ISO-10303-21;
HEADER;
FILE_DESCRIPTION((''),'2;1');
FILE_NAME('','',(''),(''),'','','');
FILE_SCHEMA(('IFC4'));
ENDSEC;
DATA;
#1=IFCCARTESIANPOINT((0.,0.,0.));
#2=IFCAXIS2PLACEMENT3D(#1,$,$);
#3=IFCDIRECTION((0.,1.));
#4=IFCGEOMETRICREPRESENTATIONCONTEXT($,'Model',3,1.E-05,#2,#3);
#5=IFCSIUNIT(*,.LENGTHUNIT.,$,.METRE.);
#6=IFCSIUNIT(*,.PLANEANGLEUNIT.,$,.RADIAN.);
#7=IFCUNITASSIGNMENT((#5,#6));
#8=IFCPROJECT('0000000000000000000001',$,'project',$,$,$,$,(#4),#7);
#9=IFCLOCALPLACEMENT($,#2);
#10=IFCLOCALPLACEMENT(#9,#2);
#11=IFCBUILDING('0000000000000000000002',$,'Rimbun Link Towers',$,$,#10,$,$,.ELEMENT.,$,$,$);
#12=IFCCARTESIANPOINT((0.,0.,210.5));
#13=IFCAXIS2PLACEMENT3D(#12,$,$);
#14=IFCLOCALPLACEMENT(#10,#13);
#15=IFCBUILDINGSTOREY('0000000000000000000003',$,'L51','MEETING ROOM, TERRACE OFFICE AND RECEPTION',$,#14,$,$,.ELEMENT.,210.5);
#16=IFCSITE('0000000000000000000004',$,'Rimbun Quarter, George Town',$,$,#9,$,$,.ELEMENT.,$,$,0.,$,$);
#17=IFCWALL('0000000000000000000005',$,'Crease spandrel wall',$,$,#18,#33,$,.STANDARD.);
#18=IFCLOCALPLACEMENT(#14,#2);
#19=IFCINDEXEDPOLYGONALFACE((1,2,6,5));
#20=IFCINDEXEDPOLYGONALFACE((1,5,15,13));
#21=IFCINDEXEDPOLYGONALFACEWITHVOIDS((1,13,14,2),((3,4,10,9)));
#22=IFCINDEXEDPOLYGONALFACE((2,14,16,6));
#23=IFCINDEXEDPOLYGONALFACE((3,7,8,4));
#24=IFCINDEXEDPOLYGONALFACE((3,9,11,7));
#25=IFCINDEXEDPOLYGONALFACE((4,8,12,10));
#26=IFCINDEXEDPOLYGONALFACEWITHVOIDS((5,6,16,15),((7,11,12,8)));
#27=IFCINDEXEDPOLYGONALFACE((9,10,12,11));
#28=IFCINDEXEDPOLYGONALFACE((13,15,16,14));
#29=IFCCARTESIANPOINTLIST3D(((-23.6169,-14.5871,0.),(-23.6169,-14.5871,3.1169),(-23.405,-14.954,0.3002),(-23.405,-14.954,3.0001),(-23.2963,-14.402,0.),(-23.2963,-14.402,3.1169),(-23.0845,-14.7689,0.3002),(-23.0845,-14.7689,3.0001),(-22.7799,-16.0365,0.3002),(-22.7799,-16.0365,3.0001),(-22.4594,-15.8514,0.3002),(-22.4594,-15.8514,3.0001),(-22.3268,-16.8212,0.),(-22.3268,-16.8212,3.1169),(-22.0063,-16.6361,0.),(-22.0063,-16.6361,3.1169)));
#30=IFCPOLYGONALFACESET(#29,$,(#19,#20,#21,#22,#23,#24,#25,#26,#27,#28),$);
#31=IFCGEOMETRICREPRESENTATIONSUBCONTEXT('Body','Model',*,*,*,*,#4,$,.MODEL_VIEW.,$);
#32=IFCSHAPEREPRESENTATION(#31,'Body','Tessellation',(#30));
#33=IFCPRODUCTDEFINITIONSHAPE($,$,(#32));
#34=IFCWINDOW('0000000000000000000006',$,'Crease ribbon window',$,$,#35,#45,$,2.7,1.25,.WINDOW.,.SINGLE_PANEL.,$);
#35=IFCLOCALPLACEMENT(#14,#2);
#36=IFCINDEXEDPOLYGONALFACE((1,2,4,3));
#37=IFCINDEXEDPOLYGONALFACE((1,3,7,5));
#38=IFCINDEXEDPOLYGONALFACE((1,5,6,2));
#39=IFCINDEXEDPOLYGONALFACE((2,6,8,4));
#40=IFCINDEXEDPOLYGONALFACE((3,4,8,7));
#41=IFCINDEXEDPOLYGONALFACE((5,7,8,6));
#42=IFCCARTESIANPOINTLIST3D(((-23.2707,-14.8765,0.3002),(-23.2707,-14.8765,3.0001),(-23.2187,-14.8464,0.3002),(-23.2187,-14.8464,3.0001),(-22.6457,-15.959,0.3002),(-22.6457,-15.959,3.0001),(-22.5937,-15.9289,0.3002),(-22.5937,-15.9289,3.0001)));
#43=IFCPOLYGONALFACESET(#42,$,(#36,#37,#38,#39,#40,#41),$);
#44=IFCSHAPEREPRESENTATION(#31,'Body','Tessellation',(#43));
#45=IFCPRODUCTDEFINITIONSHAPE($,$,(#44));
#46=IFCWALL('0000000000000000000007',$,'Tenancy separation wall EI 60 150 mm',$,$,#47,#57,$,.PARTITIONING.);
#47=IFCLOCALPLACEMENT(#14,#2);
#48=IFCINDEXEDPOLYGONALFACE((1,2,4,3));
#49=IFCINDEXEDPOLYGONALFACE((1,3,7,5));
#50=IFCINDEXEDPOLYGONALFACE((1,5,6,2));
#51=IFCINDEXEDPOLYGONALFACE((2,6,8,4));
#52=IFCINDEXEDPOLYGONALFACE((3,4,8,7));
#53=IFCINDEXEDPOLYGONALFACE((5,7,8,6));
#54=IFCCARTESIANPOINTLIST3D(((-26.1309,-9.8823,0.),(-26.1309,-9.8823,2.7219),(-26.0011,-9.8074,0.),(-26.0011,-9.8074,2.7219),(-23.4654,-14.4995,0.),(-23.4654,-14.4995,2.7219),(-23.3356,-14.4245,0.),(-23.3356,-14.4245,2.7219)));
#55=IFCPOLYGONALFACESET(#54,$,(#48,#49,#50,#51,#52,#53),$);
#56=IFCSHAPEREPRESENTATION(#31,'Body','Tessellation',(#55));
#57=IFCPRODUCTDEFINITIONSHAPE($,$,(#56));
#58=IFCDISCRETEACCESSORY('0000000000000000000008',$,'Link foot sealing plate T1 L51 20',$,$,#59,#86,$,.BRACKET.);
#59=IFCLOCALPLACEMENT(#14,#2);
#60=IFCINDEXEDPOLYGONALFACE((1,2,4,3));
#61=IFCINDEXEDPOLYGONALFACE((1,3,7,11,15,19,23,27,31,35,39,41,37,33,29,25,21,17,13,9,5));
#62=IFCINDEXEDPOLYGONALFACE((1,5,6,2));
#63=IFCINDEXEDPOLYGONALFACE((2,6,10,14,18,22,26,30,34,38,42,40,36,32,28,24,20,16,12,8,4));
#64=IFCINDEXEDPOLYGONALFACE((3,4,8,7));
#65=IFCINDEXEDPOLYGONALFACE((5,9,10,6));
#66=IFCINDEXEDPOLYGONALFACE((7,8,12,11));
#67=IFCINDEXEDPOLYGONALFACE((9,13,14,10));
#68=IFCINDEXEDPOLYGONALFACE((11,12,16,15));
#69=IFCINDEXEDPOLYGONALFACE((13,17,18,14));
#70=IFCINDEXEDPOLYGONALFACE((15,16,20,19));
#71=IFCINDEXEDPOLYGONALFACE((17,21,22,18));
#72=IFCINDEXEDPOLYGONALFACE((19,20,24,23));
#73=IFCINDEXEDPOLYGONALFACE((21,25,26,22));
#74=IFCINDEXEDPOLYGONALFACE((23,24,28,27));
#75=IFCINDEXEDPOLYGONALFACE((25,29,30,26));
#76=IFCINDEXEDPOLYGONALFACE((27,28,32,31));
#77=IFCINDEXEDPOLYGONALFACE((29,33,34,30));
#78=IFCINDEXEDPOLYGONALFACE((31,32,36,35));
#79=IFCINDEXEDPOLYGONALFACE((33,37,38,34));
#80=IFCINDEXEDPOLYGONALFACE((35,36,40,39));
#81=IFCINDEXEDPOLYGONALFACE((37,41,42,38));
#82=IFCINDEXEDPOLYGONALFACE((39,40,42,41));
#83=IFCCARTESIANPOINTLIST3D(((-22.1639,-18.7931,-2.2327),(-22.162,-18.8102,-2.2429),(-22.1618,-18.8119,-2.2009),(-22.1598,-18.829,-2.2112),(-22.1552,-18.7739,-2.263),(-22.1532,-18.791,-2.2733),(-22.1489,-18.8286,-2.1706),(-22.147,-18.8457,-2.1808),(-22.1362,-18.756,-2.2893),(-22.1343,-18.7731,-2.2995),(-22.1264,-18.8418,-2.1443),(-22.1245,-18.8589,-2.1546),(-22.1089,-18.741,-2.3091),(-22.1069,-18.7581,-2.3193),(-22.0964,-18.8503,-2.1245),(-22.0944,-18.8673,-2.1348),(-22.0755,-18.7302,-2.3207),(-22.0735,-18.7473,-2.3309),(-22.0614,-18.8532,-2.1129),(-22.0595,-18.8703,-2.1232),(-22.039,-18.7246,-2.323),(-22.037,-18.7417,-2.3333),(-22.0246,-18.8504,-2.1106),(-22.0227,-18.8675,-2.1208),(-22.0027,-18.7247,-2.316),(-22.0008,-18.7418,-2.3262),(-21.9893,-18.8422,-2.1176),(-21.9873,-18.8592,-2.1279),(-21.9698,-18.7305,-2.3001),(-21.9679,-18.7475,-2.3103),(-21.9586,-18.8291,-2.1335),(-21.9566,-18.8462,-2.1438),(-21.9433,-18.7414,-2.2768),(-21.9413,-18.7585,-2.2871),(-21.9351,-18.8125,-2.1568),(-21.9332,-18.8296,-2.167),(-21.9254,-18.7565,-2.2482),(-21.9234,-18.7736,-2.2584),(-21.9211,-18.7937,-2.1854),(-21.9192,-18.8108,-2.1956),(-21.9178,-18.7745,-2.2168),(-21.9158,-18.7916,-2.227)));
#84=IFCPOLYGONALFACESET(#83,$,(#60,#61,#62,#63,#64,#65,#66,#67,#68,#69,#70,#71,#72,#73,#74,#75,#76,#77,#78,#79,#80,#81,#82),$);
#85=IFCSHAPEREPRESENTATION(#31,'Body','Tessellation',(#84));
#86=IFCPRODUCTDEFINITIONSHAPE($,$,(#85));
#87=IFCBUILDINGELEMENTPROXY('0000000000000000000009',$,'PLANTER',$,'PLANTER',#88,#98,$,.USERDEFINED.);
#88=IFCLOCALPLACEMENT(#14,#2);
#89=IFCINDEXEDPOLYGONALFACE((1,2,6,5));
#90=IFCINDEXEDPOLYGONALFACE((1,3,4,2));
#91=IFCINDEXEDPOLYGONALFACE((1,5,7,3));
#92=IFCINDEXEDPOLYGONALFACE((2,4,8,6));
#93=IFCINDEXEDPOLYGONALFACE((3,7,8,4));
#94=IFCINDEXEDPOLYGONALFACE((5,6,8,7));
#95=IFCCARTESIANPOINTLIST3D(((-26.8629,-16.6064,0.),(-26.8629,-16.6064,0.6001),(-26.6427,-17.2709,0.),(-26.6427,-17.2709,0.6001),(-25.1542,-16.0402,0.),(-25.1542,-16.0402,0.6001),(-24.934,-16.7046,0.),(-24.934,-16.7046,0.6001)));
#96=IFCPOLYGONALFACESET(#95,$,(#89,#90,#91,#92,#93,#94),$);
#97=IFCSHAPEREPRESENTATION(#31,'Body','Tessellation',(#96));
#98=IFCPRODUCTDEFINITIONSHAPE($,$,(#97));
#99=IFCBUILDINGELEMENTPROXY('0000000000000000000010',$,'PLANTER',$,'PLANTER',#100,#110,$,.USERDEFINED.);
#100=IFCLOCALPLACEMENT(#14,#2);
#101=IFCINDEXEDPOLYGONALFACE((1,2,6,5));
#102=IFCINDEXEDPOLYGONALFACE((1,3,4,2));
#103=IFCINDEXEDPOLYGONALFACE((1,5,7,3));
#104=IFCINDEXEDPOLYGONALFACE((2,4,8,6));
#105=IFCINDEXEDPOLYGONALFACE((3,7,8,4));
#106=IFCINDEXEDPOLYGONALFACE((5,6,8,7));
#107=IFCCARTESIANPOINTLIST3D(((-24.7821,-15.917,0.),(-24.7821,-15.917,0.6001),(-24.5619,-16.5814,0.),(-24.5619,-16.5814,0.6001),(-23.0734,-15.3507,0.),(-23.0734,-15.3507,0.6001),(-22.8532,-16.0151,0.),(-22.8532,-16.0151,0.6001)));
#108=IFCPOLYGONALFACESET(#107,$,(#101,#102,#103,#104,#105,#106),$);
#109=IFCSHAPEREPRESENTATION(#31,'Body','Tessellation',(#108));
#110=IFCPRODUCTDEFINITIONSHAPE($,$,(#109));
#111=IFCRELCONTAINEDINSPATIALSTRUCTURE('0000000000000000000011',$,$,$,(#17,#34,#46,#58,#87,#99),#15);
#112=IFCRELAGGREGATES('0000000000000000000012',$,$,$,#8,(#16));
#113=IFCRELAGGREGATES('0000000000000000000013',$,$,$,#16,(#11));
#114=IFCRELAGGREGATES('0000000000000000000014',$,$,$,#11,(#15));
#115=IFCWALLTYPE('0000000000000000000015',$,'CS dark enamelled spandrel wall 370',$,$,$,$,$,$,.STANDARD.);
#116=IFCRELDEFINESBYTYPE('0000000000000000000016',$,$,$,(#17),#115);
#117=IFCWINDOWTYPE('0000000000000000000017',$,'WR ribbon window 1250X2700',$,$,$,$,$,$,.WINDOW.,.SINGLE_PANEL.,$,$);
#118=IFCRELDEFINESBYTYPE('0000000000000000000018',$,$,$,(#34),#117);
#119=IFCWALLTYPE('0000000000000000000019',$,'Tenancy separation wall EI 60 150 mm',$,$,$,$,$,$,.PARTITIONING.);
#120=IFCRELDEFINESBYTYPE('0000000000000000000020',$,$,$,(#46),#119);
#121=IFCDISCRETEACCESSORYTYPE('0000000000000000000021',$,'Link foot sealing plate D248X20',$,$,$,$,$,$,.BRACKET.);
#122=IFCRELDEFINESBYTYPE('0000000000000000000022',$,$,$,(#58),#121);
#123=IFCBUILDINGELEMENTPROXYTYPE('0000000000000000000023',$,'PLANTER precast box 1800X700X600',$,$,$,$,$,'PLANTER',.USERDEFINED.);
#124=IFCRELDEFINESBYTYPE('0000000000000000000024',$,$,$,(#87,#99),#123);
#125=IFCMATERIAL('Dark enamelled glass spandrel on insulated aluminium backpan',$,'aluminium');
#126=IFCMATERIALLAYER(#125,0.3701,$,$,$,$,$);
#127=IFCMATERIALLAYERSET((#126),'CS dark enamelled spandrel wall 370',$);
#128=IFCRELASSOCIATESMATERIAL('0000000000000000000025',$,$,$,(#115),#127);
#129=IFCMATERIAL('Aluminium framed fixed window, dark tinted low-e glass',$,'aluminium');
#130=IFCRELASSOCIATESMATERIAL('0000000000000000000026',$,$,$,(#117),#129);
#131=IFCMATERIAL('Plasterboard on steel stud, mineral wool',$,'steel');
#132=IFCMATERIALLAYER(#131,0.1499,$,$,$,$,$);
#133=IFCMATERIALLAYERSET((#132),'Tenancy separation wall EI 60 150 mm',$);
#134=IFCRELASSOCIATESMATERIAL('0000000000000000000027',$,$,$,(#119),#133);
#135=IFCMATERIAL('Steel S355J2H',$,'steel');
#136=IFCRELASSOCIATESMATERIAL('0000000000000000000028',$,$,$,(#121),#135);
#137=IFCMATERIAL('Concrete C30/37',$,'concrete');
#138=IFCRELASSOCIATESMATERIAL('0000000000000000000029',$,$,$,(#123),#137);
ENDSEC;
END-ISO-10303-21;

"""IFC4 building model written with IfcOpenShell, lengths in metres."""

from ifc_helpers import new_model, si_unit, direction, frame, frame_2d, origin, origin_2d, place, context, subcontext, project, spatial, rectangle, circle, extrude, material, layer, layer_set, material_profile, profile_set, type_object, element, fill, save


model = new_model("IFC4")

# Units and contexts
model_context = context("Model", 3, precision=1e-05, world=origin(), true_north=direction((0.0, 1.0)))
body_context = subcontext(model_context, "Body", "Model", "MODEL_VIEW")
ifc_project = project(units=[si_unit("LENGTHUNIT", "METRE"), si_unit("PLANEANGLEUNIT", "RADIAN")], contexts=[model_context])

# Site, building, storey
site_placement = place(None, origin())
site = spatial("IfcSite", under=ifc_project, at=site_placement, Name="Rimbun Quarter, George Town", CompositionType="ELEMENT", RefElevation=0.0)
building_placement = place(site_placement, origin())
building = spatial("IfcBuilding", under=site, at=building_placement, Name="Rimbun Link Towers", CompositionType="ELEMENT")
storey_placement = place(building_placement, frame((0.0, 0.0, 210.5)))
storey = spatial("IfcBuildingStorey", under=building, at=storey_placement, Name="L51", Description="MEETING ROOM, TERRACE OFFICE AND RECEPTION", CompositionType="ELEMENT", Elevation=210.5)

# Wall, opening, window
ifc_material_1 = material(Name="Dark enamelled glass spandrel on insulated aluminium backpan", Category="aluminium")
ifc_layer_1 = layer(ifc_material_1, 0.3701)
ifc_layer_set_1 = layer_set([ifc_layer_1], Name="CS dark enamelled spandrel wall 370")
wall_type_1 = type_object("IfcWallType", Name="CS dark enamelled spandrel wall 370", PredefinedType="STANDARD", material=ifc_layer_set_1)
wall_1_placement = place(storey_placement, frame((-22.1665, -16.7288, 0.0), z_axis=(0.0, 0.0, 1.0), x_axis=(-0.500047, 0.865998, 0.0)))
wall_1 = element("IfcWall", 1, at=wall_1_placement, inside=storey, type_object=wall_type_1, Name="Crease spandrel wall", PredefinedType="STANDARD", context=body_context, shape_type="SweptSolid", body=[
    extrude(rectangle(XDim=2.5798, YDim=0.3701, at=frame_2d((1.29, 0.0))), origin(), (0.0, 0.0, 1.0), 3.1169),
])
opening_1_placement = place(wall_1_placement, frame((0.9062, 0.0, 0.3)))
opening_1 = element("IfcOpeningElement", 2, at=opening_1_placement, cuts=wall_1, PredefinedType="OPENING", context=body_context, shape_type="SweptSolid", body=[
    extrude(rectangle(XDim=1.25, YDim=2.7, at=frame_2d((0.625, 1.3501))), frame((0.0, 0.1951, 0.0), z_axis=(0.0, -1.0, 0.0), x_axis=(1.0, 0.0, 0.0)), (0.0, 0.0, 1.0), 0.3901),
])
ifc_material_2 = material(Name="Aluminium framed fixed window, dark tinted low-e glass", Category="aluminium")
window_type_1 = type_object("IfcWindowType", Name="WR ribbon window 1250X2700", PartitioningType="SINGLE_PANEL", PredefinedType="WINDOW", material=ifc_material_2)
window_1_placement = place(opening_1_placement, origin())
window_1 = element("IfcWindow", 3, at=window_1_placement, inside=storey, type_object=window_type_1, Name="Crease ribbon window", OverallHeight=2.7, OverallWidth=1.25, PartitioningType="SINGLE_PANEL", PredefinedType="WINDOW", context=body_context, shape_type="SweptSolid", body=[
    extrude(rectangle(XDim=1.25, YDim=2.7, at=frame_2d((0.625, 1.3501))), frame((0.0, 0.03, 0.0), z_axis=(0.0, -1.0, 0.0), x_axis=(1.0, 0.0, 0.0)), (0.0, 0.0, 1.0), 0.0601),
])
fill(opening_1, window_1)

# Wall
ifc_material_3 = material(Name="Plasterboard on steel stud, mineral wool", Category="steel")
ifc_layer_2 = layer(ifc_material_3, 0.1499)
ifc_layer_set_2 = layer_set([ifc_layer_2], Name="Tenancy separation wall EI 60 150 mm")
wall_type_2 = type_object("IfcWallType", Name="Tenancy separation wall EI 60 150 mm", PredefinedType="PARTITIONING", material=ifc_layer_set_2)
wall_2_placement = place(storey_placement, frame((-26.0659, -9.845, 0.0), z_axis=(0.0, 0.0, 1.0), x_axis=(0.499971, -0.866042, 0.0)))
element("IfcWall", 4, at=wall_2_placement, inside=storey, type_object=wall_type_2, Name="Tenancy separation wall EI 60 150 mm", PredefinedType="PARTITIONING", context=body_context, shape_type="SweptSolid", body=[
    extrude(rectangle(XDim=5.3313, YDim=0.1499, at=frame_2d((2.6655, 0.0))), origin(), (0.0, 0.0, 1.0), 2.7219),
])

# Discrete accessory
ifc_material_4 = material(Name="Steel S355J2H", Category="steel")
ifc_material_profile_1 = material_profile(ifc_material_4, circle(Radius=0.124, at=origin_2d()), Name="PL D248")
ifc_profile_set_1 = profile_set([ifc_material_profile_1], Name="Steel S355J2H")
discrete_accessory_type = type_object("IfcDiscreteAccessoryType", Name="Link foot sealing plate D248X20", PredefinedType="BRACKET", material=ifc_profile_set_1)
discrete_accessory_placement = place(storey_placement, frame((-22.041, -18.7886, -2.2168), z_axis=(0.097532, -0.853405, -0.512043), x_axis=(0.993533, 0.113547, 0.0)))
element("IfcDiscreteAccessory", 5, at=discrete_accessory_placement, inside=storey, type_object=discrete_accessory_type, Name="Link foot sealing plate T1 L51 20", PredefinedType="BRACKET", context=body_context, shape_type="SweptSolid", body=[
    extrude(circle(Radius=0.124, at=origin_2d()), origin(), (0.0, 0.0, 1.0), 0.02),
])

# Building element proxies
ifc_material_5 = material(Name="Concrete C30/37", Category="concrete")
building_element_proxy_type = type_object("IfcBuildingElementProxyType", Name="PLANTER precast box 1800X700X600", ElementType="PLANTER", PredefinedType="USERDEFINED", material=ifc_material_5)
for number, where, z_axis, x_axis, name in (
    (6, (-25.8984, -16.6555, 0.0), (0.0, 0.0, 1.0), (0.949231, 0.314578, 0.0), "PLANTER"),
    (7, (-23.8176, -15.9661, 0.0), (0.0, 0.0, 1.0), (0.949231, 0.314578, 0.0), "PLANTER"),
):
    element("IfcBuildingElementProxy", number, at=place(storey_placement, frame(where, z_axis=z_axis, x_axis=x_axis)), inside=storey, type_object=building_element_proxy_type, Name=name, ObjectType="PLANTER", PredefinedType="USERDEFINED", context=body_context, shape_type="SweptSolid", body=[
        extrude(rectangle(XDim=1.8, YDim=0.7, at=origin_2d()), origin(), (0.0, 0.0, 1.0), 0.6001),
    ])

save(model, "model.ifc")
